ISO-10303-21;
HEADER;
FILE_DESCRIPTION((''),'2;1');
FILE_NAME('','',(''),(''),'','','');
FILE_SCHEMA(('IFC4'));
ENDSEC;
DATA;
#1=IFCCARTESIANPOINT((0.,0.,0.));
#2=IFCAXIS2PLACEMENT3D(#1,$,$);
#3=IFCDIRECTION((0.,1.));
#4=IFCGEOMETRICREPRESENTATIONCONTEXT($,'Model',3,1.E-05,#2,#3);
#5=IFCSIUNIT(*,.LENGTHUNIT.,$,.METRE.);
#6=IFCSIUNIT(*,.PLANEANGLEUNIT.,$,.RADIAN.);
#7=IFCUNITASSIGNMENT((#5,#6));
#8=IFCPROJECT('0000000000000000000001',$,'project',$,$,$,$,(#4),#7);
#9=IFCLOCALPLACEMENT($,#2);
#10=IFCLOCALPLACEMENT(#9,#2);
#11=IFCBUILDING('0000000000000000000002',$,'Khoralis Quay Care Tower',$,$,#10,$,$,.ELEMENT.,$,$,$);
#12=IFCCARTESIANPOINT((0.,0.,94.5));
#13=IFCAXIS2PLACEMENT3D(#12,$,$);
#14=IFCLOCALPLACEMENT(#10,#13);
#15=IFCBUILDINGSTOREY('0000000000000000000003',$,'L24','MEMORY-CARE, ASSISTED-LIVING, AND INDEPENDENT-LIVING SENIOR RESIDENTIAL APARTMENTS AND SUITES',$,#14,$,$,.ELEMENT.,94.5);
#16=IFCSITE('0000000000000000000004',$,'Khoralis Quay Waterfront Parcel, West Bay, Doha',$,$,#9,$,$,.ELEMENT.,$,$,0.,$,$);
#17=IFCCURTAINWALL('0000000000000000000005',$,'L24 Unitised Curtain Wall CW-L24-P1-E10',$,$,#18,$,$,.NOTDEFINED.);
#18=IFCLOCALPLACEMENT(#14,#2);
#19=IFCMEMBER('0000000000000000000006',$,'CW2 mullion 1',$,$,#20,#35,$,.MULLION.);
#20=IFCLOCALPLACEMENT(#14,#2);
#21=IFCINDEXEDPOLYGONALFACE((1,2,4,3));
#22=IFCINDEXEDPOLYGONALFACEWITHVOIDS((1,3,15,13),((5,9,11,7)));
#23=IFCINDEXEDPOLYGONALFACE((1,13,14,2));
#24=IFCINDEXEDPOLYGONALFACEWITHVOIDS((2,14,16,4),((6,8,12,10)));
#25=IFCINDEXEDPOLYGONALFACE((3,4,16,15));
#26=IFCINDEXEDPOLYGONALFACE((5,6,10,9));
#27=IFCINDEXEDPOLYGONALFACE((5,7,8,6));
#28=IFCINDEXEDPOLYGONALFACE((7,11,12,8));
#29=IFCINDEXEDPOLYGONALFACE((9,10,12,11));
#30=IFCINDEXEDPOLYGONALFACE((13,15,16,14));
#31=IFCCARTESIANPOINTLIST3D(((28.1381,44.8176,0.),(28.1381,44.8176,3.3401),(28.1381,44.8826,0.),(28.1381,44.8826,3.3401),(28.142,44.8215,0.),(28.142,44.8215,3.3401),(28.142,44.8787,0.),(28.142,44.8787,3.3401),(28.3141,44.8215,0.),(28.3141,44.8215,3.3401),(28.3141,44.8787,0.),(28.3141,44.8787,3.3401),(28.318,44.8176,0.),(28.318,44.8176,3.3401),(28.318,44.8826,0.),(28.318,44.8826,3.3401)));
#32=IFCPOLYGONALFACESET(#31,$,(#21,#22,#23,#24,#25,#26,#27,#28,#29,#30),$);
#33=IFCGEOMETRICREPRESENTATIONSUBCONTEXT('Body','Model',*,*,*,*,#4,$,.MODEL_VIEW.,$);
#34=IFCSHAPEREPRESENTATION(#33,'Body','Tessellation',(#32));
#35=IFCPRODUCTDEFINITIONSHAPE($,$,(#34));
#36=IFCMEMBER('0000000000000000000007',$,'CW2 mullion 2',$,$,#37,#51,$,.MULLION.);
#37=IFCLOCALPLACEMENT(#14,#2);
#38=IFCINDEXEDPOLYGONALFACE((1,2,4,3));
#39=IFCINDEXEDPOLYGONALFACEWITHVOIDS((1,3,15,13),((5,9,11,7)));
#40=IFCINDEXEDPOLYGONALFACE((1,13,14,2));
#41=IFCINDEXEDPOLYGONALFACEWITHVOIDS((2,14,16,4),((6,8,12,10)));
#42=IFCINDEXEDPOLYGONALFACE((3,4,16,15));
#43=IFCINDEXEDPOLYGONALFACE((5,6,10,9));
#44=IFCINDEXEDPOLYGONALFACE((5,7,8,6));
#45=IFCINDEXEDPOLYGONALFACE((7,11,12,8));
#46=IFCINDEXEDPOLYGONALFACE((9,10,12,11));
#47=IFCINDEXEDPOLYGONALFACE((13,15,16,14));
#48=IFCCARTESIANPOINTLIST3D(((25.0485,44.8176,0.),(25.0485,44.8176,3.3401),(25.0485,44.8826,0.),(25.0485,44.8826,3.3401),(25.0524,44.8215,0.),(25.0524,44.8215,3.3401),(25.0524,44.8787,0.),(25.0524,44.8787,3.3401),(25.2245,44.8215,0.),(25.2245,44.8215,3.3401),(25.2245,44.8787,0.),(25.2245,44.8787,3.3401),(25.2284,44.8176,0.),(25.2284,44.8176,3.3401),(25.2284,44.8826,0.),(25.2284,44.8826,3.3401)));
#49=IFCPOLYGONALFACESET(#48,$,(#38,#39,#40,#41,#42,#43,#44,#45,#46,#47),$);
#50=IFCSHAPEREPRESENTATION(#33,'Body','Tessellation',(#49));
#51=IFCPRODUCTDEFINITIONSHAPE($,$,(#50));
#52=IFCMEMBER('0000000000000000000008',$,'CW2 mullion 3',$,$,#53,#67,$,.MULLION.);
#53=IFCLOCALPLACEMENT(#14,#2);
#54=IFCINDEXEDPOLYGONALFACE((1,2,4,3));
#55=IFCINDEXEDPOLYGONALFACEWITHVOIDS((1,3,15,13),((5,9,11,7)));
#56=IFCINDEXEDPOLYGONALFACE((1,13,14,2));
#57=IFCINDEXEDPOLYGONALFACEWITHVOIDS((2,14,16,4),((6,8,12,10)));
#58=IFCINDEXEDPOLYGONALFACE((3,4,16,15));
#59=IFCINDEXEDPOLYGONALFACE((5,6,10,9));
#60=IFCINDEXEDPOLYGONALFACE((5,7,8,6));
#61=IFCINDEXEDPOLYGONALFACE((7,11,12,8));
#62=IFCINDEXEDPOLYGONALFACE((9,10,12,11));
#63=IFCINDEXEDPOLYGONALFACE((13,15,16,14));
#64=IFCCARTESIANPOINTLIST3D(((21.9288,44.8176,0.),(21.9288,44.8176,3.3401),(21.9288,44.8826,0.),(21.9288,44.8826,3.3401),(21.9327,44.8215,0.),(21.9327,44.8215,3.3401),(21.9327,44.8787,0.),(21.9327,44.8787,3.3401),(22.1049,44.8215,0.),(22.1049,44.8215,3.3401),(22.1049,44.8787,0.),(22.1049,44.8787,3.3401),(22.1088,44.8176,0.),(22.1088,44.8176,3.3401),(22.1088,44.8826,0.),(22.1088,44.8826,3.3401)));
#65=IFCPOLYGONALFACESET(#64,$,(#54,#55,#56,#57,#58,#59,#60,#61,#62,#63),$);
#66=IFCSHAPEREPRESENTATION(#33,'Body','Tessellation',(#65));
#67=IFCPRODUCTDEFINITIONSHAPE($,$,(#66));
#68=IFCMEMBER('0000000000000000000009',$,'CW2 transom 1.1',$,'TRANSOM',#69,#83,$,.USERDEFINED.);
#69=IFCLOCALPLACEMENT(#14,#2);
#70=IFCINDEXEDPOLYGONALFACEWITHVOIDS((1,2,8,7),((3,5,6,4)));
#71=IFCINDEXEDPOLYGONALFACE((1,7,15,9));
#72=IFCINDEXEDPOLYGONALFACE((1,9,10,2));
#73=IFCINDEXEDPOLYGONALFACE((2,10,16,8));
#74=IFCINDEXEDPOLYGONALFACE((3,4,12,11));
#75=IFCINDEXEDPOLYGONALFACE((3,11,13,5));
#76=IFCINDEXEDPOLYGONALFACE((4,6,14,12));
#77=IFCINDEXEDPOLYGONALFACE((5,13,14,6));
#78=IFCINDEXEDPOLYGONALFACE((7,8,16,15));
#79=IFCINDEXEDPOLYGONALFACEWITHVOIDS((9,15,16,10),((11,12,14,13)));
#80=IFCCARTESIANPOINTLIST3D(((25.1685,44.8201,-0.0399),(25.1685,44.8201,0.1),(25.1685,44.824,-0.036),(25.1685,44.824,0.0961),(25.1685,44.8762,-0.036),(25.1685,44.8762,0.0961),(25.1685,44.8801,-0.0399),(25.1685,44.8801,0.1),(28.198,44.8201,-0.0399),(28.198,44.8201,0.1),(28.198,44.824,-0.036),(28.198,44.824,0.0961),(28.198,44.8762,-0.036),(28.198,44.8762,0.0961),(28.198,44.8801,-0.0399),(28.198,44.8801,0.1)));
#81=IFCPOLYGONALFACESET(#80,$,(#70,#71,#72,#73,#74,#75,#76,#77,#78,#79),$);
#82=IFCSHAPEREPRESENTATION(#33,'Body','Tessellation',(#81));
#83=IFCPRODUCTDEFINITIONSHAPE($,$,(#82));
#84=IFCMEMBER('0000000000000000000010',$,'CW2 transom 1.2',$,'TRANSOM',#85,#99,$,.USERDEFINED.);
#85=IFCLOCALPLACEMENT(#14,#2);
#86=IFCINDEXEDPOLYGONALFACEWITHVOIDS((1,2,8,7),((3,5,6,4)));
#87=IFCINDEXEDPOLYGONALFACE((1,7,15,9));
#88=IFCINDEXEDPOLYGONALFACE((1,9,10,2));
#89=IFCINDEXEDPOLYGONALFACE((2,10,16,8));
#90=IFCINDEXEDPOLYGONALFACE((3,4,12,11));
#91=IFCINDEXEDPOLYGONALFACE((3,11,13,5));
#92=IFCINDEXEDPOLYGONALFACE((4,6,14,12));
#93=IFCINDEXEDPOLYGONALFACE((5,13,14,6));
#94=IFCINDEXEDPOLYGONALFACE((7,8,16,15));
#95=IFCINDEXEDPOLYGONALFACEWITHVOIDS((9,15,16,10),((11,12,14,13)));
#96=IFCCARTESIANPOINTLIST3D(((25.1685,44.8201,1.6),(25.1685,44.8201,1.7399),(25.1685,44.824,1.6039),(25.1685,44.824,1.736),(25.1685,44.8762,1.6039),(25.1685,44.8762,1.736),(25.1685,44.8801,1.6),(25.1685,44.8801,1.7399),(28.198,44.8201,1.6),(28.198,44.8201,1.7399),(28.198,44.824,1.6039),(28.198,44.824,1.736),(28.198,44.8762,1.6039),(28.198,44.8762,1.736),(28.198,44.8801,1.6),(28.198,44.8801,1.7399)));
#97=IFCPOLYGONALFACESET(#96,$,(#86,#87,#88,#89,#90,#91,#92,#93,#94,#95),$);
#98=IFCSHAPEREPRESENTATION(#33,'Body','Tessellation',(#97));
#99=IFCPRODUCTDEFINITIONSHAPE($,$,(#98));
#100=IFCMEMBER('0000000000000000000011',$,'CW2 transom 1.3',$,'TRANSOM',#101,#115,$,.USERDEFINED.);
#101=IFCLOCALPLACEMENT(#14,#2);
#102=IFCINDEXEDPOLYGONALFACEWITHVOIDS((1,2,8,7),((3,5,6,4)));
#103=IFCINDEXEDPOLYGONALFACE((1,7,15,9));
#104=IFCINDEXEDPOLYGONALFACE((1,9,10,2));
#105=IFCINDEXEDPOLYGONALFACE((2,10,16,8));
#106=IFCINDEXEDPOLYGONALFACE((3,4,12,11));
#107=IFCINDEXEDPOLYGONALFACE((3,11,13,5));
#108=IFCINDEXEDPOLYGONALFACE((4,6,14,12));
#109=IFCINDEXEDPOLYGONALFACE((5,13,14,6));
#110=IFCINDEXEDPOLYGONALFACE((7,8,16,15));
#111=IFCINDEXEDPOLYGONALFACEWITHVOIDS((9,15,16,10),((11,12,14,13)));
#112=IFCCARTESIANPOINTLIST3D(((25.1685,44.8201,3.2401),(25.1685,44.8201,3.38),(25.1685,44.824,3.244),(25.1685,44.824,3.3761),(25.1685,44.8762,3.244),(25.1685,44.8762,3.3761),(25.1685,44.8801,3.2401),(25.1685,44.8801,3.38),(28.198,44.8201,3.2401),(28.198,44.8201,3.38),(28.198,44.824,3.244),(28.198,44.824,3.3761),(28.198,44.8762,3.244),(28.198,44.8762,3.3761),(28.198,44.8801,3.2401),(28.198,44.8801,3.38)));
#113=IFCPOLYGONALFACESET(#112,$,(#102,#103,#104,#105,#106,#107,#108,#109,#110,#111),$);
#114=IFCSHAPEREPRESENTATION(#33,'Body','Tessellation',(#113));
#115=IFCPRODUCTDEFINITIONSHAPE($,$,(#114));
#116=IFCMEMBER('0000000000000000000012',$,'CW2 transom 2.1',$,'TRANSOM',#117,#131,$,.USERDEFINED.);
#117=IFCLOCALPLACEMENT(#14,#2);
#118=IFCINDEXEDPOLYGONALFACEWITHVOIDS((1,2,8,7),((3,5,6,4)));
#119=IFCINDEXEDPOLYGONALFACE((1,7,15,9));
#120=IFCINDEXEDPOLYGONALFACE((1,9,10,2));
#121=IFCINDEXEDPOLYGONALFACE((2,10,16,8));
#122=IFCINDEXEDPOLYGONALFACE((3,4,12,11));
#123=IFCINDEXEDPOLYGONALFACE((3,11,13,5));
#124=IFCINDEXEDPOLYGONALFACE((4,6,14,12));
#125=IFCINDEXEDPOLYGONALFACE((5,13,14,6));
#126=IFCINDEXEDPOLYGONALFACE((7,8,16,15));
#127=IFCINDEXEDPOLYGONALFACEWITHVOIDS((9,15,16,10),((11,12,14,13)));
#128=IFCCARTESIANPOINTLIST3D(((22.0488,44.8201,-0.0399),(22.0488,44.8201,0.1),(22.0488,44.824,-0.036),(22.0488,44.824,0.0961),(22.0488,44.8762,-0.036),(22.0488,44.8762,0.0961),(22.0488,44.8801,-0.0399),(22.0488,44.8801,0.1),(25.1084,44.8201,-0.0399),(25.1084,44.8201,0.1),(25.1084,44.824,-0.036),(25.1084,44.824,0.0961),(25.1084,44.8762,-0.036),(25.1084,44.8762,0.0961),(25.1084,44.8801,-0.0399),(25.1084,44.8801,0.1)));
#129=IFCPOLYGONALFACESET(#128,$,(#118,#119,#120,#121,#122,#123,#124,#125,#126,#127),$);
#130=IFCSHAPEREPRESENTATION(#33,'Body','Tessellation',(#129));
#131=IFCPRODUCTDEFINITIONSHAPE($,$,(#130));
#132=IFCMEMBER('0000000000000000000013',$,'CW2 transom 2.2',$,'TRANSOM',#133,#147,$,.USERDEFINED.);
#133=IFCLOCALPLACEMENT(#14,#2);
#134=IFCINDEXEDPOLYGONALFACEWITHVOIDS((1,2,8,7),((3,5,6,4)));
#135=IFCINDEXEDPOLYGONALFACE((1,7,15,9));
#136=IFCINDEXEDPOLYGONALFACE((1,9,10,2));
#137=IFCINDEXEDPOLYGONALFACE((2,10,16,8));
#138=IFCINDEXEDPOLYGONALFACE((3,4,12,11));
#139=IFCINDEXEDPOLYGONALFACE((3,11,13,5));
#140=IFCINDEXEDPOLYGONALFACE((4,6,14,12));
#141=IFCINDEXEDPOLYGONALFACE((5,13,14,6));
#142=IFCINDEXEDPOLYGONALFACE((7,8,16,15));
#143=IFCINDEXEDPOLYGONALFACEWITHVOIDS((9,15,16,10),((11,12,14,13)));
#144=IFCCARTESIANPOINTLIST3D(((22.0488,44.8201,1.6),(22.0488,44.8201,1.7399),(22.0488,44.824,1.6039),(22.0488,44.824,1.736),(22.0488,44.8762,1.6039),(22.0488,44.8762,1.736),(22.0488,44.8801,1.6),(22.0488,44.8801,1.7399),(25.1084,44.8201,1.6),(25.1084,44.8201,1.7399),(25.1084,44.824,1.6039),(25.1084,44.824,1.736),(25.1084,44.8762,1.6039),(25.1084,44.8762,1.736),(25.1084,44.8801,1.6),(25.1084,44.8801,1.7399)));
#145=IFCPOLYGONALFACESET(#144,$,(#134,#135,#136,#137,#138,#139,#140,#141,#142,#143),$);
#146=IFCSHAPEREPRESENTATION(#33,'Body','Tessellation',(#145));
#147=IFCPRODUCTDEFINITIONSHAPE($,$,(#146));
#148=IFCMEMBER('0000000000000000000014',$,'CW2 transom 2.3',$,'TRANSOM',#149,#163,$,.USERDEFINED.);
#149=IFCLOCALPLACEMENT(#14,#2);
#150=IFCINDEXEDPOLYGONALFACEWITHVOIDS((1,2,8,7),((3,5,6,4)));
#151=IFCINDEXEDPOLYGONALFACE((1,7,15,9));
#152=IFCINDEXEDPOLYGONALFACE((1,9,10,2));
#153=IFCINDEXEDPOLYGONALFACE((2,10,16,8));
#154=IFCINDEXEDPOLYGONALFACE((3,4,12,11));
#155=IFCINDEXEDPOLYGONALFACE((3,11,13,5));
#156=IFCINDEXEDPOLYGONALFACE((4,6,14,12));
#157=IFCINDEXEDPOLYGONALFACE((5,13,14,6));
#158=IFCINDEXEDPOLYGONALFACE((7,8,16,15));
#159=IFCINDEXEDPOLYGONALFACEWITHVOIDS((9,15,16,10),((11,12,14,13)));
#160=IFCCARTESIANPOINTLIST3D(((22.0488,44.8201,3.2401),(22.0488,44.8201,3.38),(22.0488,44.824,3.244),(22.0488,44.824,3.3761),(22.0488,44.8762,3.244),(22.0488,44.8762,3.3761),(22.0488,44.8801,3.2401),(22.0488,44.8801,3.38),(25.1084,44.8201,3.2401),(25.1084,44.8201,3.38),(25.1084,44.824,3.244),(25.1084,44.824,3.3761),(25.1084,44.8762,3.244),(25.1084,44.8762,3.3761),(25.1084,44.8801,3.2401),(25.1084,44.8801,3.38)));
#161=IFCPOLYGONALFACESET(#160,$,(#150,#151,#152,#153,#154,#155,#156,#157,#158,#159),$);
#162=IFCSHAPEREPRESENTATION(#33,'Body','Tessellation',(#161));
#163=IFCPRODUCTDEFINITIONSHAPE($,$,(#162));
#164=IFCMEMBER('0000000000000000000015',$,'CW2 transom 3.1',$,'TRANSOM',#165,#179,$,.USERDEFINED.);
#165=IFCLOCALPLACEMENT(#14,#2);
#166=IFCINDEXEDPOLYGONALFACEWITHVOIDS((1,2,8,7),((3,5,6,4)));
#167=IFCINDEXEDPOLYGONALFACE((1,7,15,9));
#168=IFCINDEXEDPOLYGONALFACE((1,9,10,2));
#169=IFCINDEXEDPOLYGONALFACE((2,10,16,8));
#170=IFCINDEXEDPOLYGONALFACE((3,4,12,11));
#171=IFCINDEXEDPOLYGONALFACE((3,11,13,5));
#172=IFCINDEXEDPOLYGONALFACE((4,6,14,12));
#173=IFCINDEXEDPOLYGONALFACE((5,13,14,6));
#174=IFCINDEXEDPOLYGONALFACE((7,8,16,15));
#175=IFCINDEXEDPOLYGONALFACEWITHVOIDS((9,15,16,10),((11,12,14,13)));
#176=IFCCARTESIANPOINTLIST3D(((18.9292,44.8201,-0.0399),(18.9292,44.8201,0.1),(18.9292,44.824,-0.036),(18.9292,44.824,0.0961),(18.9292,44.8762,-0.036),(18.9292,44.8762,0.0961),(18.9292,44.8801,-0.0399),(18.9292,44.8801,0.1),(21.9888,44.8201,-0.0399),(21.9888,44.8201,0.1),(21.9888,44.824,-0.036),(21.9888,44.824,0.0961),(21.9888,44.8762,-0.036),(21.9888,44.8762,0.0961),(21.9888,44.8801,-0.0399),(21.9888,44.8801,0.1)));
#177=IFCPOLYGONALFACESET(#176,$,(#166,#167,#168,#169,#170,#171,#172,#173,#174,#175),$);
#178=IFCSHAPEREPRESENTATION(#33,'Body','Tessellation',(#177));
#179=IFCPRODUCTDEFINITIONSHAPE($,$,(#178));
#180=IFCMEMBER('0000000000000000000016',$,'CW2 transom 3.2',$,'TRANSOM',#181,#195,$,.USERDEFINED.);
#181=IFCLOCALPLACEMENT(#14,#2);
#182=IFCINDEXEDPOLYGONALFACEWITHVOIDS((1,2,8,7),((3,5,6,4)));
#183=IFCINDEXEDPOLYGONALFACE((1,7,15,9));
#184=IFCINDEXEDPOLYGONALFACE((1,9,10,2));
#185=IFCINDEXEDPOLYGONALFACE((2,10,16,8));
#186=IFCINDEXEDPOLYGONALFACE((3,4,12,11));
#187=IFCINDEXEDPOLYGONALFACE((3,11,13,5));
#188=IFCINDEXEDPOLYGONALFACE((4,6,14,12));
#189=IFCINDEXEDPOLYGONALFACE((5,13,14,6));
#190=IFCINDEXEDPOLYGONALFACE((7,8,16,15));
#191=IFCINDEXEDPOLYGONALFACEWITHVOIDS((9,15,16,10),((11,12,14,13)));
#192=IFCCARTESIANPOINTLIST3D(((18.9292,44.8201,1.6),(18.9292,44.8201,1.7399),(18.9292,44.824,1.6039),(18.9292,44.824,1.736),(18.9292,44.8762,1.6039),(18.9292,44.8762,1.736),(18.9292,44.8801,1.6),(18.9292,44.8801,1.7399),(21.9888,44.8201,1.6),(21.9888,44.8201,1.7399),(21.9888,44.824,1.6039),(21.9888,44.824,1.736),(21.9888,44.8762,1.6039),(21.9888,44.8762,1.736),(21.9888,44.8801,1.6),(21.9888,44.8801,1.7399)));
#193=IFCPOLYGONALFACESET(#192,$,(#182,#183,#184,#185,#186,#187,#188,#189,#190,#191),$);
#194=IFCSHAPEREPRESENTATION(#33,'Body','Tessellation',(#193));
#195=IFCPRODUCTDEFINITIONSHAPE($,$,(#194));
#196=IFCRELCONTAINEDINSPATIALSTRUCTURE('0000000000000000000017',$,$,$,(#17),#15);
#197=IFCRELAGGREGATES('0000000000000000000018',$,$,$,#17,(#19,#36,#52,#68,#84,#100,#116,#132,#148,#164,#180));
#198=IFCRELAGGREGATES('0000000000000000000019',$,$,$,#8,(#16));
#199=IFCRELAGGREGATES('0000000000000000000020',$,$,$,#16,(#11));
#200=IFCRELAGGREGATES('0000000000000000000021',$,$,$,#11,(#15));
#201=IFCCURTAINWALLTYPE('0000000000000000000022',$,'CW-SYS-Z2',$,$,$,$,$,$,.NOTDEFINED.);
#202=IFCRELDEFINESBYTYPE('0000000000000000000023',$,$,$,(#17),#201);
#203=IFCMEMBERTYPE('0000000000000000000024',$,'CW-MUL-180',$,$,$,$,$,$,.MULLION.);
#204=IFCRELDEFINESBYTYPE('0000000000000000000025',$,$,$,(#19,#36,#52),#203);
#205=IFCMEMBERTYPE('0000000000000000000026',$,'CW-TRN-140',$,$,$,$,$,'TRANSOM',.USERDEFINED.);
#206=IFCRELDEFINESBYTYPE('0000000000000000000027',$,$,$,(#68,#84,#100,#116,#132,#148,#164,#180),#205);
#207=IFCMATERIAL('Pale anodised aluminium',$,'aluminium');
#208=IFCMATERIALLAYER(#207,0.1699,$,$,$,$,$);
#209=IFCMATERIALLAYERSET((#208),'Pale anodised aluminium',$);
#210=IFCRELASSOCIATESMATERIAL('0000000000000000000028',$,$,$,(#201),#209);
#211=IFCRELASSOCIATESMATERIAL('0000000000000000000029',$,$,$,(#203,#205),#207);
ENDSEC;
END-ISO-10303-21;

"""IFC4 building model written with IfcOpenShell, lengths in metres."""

from ifc_helpers import new_model, si_unit, direction, frame, origin, origin_2d, place, context, subcontext, project, spatial, hollow_rectangle, extrude, source, transform, mapped, material, layer, layer_set, material_profile, profile_set, type_object, element, aggregate, save


model = new_model("IFC4")

# Units and contexts
model_context = context("Model", 3, precision=1e-05, world=origin(), true_north=direction((0.0, 1.0)))
body_context = subcontext(model_context, "Body", "Model", "MODEL_VIEW")
ifc_project = project(units=[si_unit("LENGTHUNIT", "METRE"), si_unit("PLANEANGLEUNIT", "RADIAN")], contexts=[model_context])

# Site, building, storey
site_placement = place(None, origin())
site = spatial("IfcSite", under=ifc_project, at=site_placement, Name="Khoralis Quay Waterfront Parcel, West Bay, Doha", CompositionType="ELEMENT", RefElevation=0.0)
building_placement = place(site_placement, origin())
building = spatial("IfcBuilding", under=site, at=building_placement, Name="Khoralis Quay Care Tower", CompositionType="ELEMENT")
storey_placement = place(building_placement, frame((0.0, 0.0, 94.5)))
storey = spatial("IfcBuildingStorey", under=building, at=storey_placement, Name="L24", Description="MEMORY-CARE, ASSISTED-LIVING, AND INDEPENDENT-LIVING SENIOR RESIDENTIAL APARTMENTS AND SUITES", CompositionType="ELEMENT", Elevation=94.5)

# Curtain wall, members
ifc_material_1 = material(Name="Pale anodised aluminium", Category="aluminium")
ifc_layer_1 = layer(ifc_material_1, 0.1699)
ifc_layer_set_1 = layer_set([ifc_layer_1], Name="Pale anodised aluminium")
curtain_wall_type = type_object("IfcCurtainWallType", Name="CW-SYS-Z2", PredefinedType="NOTDEFINED", material=ifc_layer_set_1)
curtain_wall_placement = place(storey_placement, origin())
curtain_wall = element("IfcCurtainWall", 1, at=curtain_wall_placement, inside=storey, type_object=curtain_wall_type, Name="L24 Unitised Curtain Wall CW-L24-P1-E10", PredefinedType="NOTDEFINED")
ifc_material_profile_1 = material_profile(ifc_material_1, hollow_rectangle(XDim=0.0649, YDim=0.1799, WallThickness=0.0039, at=origin_2d()), Name="Pale anodised aluminium")
ifc_profile_set_1 = profile_set([ifc_material_profile_1], Name="Pale anodised aluminium")
member_type_1 = type_object("IfcMemberType", Name="CW-MUL-180", PredefinedType="MULLION", material=ifc_profile_set_1)
shared_shape_1 = source(origin(), body_context, "Body", "SweptSolid", [
    extrude(hollow_rectangle(XDim=0.0649, YDim=0.1799, WallThickness=0.0039, at=origin_2d()), origin(), (0.0, 0.0, 1.0), 3.3401),
])
member_1_placement = place(storey_placement, frame((28.228, 44.8501, 0.0), z_axis=(0.0, 0.0, 1.0), x_axis=(0.0, -1.0, 0.0)))
member_1 = element("IfcMember", 2, at=member_1_placement, type_object=member_type_1, Name="CW2 mullion 1", PredefinedType="MULLION", context=body_context, shape_type="MappedRepresentation", body=[
    mapped(shared_shape_1, transform((0.0, 0.0, 0.0), scale=1.0)),
])
member_2_placement = place(storey_placement, frame((25.1384, 44.8501, 0.0), z_axis=(0.0, 0.0, 1.0), x_axis=(0.0, -1.0, 0.0)))
member_2 = element("IfcMember", 3, at=member_2_placement, type_object=member_type_1, Name="CW2 mullion 2", PredefinedType="MULLION", context=body_context, shape_type="MappedRepresentation", body=[
    mapped(shared_shape_1, transform((0.0, 0.0, 0.0), scale=1.0)),
])
member_3_placement = place(storey_placement, frame((22.0188, 44.8501, 0.0), z_axis=(0.0, 0.0, 1.0), x_axis=(0.0, -1.0, 0.0)))
member_3 = element("IfcMember", 4, at=member_3_placement, type_object=member_type_1, Name="CW2 mullion 3", PredefinedType="MULLION", context=body_context, shape_type="MappedRepresentation", body=[
    mapped(shared_shape_1, transform((0.0, 0.0, 0.0), scale=1.0)),
])
ifc_material_profile_2 = material_profile(ifc_material_1, hollow_rectangle(XDim=0.0601, YDim=0.1399, WallThickness=0.0039, at=origin_2d()), Name="Pale anodised aluminium")
ifc_profile_set_2 = profile_set([ifc_material_profile_2], Name="Pale anodised aluminium")
member_type_2 = type_object("IfcMemberType", Name="CW-TRN-140", ElementType="TRANSOM", PredefinedType="USERDEFINED", material=ifc_profile_set_2)
shared_shape_2 = source(origin(), body_context, "Body", "SweptSolid", [
    extrude(hollow_rectangle(XDim=0.0601, YDim=0.1399, WallThickness=0.0039, at=origin_2d()), origin(), (0.0, 0.0, 1.0), 3.0295),
])
member_4_placement = place(storey_placement, frame((28.198, 44.8501, 0.03), z_axis=(-1.0, 0.0, 0.0), x_axis=(0.0, -1.0, 0.0)))
member_4 = element("IfcMember", 5, at=member_4_placement, type_object=member_type_2, Name="CW2 transom 1.1", ObjectType="TRANSOM", PredefinedType="USERDEFINED", context=body_context, shape_type="MappedRepresentation", body=[
    mapped(shared_shape_2, transform((0.0, 0.0, 0.0), scale=1.0)),
])
member_5_placement = place(storey_placement, frame((28.198, 44.8501, 1.6699), z_axis=(-1.0, 0.0, 0.0), x_axis=(0.0, -1.0, 0.0)))
member_5 = element("IfcMember", 6, at=member_5_placement, type_object=member_type_2, Name="CW2 transom 1.2", ObjectType="TRANSOM", PredefinedType="USERDEFINED", context=body_context, shape_type="MappedRepresentation", body=[
    mapped(shared_shape_2, transform((0.0, 0.0, 0.0), scale=1.0)),
])
member_6_placement = place(storey_placement, frame((28.198, 44.8501, 3.3101), z_axis=(-1.0, 0.0, 0.0), x_axis=(0.0, -1.0, 0.0)))
member_6 = element("IfcMember", 7, at=member_6_placement, type_object=member_type_2, Name="CW2 transom 1.3", ObjectType="TRANSOM", PredefinedType="USERDEFINED", context=body_context, shape_type="MappedRepresentation", body=[
    mapped(shared_shape_2, transform((0.0, 0.0, 0.0), scale=1.0)),
])
shared_shape_3 = source(origin(), body_context, "Body", "SweptSolid", [
    extrude(hollow_rectangle(XDim=0.0601, YDim=0.1399, WallThickness=0.0039, at=origin_2d()), origin(), (0.0, 0.0, 1.0), 3.0596),
])
member_7_placement = place(storey_placement, frame((25.1084, 44.8501, 0.03), z_axis=(-1.0, 0.0, 0.0), x_axis=(0.0, -1.0, 0.0)))
member_7 = element("IfcMember", 8, at=member_7_placement, type_object=member_type_2, Name="CW2 transom 2.1", ObjectType="TRANSOM", PredefinedType="USERDEFINED", context=body_context, shape_type="MappedRepresentation", body=[
    mapped(shared_shape_3, transform((0.0, 0.0, 0.0), scale=1.0)),
])
member_8_placement = place(storey_placement, frame((25.1084, 44.8501, 1.6699), z_axis=(-1.0, 0.0, 0.0), x_axis=(0.0, -1.0, 0.0)))
member_8 = element("IfcMember", 9, at=member_8_placement, type_object=member_type_2, Name="CW2 transom 2.2", ObjectType="TRANSOM", PredefinedType="USERDEFINED", context=body_context, shape_type="MappedRepresentation", body=[
    mapped(shared_shape_3, transform((0.0, 0.0, 0.0), scale=1.0)),
])
member_9_placement = place(storey_placement, frame((25.1084, 44.8501, 3.3101), z_axis=(-1.0, 0.0, 0.0), x_axis=(0.0, -1.0, 0.0)))
member_9 = element("IfcMember", 10, at=member_9_placement, type_object=member_type_2, Name="CW2 transom 2.3", ObjectType="TRANSOM", PredefinedType="USERDEFINED", context=body_context, shape_type="MappedRepresentation", body=[
    mapped(shared_shape_3, transform((0.0, 0.0, 0.0), scale=1.0)),
])
member_10_placement = place(storey_placement, frame((21.9888, 44.8501, 0.03), z_axis=(-1.0, 0.0, 0.0), x_axis=(0.0, -1.0, 0.0)))
member_10 = element("IfcMember", 11, at=member_10_placement, type_object=member_type_2, Name="CW2 transom 3.1", ObjectType="TRANSOM", PredefinedType="USERDEFINED", context=body_context, shape_type="MappedRepresentation", body=[
    mapped(shared_shape_3, transform((0.0, 0.0, 0.0), scale=1.0)),
])
member_11_placement = place(storey_placement, frame((21.9888, 44.8501, 1.6699), z_axis=(-1.0, 0.0, 0.0), x_axis=(0.0, -1.0, 0.0)))
member_11 = element("IfcMember", 12, at=member_11_placement, type_object=member_type_2, Name="CW2 transom 3.2", ObjectType="TRANSOM", PredefinedType="USERDEFINED", context=body_context, shape_type="MappedRepresentation", body=[
    mapped(shared_shape_3, transform((0.0, 0.0, 0.0), scale=1.0)),
])
aggregate(curtain_wall, [member_1, member_2, member_3, member_4, member_5, member_6, member_7, member_8, member_9, member_10, member_11])

save(model, "model.ifc")
